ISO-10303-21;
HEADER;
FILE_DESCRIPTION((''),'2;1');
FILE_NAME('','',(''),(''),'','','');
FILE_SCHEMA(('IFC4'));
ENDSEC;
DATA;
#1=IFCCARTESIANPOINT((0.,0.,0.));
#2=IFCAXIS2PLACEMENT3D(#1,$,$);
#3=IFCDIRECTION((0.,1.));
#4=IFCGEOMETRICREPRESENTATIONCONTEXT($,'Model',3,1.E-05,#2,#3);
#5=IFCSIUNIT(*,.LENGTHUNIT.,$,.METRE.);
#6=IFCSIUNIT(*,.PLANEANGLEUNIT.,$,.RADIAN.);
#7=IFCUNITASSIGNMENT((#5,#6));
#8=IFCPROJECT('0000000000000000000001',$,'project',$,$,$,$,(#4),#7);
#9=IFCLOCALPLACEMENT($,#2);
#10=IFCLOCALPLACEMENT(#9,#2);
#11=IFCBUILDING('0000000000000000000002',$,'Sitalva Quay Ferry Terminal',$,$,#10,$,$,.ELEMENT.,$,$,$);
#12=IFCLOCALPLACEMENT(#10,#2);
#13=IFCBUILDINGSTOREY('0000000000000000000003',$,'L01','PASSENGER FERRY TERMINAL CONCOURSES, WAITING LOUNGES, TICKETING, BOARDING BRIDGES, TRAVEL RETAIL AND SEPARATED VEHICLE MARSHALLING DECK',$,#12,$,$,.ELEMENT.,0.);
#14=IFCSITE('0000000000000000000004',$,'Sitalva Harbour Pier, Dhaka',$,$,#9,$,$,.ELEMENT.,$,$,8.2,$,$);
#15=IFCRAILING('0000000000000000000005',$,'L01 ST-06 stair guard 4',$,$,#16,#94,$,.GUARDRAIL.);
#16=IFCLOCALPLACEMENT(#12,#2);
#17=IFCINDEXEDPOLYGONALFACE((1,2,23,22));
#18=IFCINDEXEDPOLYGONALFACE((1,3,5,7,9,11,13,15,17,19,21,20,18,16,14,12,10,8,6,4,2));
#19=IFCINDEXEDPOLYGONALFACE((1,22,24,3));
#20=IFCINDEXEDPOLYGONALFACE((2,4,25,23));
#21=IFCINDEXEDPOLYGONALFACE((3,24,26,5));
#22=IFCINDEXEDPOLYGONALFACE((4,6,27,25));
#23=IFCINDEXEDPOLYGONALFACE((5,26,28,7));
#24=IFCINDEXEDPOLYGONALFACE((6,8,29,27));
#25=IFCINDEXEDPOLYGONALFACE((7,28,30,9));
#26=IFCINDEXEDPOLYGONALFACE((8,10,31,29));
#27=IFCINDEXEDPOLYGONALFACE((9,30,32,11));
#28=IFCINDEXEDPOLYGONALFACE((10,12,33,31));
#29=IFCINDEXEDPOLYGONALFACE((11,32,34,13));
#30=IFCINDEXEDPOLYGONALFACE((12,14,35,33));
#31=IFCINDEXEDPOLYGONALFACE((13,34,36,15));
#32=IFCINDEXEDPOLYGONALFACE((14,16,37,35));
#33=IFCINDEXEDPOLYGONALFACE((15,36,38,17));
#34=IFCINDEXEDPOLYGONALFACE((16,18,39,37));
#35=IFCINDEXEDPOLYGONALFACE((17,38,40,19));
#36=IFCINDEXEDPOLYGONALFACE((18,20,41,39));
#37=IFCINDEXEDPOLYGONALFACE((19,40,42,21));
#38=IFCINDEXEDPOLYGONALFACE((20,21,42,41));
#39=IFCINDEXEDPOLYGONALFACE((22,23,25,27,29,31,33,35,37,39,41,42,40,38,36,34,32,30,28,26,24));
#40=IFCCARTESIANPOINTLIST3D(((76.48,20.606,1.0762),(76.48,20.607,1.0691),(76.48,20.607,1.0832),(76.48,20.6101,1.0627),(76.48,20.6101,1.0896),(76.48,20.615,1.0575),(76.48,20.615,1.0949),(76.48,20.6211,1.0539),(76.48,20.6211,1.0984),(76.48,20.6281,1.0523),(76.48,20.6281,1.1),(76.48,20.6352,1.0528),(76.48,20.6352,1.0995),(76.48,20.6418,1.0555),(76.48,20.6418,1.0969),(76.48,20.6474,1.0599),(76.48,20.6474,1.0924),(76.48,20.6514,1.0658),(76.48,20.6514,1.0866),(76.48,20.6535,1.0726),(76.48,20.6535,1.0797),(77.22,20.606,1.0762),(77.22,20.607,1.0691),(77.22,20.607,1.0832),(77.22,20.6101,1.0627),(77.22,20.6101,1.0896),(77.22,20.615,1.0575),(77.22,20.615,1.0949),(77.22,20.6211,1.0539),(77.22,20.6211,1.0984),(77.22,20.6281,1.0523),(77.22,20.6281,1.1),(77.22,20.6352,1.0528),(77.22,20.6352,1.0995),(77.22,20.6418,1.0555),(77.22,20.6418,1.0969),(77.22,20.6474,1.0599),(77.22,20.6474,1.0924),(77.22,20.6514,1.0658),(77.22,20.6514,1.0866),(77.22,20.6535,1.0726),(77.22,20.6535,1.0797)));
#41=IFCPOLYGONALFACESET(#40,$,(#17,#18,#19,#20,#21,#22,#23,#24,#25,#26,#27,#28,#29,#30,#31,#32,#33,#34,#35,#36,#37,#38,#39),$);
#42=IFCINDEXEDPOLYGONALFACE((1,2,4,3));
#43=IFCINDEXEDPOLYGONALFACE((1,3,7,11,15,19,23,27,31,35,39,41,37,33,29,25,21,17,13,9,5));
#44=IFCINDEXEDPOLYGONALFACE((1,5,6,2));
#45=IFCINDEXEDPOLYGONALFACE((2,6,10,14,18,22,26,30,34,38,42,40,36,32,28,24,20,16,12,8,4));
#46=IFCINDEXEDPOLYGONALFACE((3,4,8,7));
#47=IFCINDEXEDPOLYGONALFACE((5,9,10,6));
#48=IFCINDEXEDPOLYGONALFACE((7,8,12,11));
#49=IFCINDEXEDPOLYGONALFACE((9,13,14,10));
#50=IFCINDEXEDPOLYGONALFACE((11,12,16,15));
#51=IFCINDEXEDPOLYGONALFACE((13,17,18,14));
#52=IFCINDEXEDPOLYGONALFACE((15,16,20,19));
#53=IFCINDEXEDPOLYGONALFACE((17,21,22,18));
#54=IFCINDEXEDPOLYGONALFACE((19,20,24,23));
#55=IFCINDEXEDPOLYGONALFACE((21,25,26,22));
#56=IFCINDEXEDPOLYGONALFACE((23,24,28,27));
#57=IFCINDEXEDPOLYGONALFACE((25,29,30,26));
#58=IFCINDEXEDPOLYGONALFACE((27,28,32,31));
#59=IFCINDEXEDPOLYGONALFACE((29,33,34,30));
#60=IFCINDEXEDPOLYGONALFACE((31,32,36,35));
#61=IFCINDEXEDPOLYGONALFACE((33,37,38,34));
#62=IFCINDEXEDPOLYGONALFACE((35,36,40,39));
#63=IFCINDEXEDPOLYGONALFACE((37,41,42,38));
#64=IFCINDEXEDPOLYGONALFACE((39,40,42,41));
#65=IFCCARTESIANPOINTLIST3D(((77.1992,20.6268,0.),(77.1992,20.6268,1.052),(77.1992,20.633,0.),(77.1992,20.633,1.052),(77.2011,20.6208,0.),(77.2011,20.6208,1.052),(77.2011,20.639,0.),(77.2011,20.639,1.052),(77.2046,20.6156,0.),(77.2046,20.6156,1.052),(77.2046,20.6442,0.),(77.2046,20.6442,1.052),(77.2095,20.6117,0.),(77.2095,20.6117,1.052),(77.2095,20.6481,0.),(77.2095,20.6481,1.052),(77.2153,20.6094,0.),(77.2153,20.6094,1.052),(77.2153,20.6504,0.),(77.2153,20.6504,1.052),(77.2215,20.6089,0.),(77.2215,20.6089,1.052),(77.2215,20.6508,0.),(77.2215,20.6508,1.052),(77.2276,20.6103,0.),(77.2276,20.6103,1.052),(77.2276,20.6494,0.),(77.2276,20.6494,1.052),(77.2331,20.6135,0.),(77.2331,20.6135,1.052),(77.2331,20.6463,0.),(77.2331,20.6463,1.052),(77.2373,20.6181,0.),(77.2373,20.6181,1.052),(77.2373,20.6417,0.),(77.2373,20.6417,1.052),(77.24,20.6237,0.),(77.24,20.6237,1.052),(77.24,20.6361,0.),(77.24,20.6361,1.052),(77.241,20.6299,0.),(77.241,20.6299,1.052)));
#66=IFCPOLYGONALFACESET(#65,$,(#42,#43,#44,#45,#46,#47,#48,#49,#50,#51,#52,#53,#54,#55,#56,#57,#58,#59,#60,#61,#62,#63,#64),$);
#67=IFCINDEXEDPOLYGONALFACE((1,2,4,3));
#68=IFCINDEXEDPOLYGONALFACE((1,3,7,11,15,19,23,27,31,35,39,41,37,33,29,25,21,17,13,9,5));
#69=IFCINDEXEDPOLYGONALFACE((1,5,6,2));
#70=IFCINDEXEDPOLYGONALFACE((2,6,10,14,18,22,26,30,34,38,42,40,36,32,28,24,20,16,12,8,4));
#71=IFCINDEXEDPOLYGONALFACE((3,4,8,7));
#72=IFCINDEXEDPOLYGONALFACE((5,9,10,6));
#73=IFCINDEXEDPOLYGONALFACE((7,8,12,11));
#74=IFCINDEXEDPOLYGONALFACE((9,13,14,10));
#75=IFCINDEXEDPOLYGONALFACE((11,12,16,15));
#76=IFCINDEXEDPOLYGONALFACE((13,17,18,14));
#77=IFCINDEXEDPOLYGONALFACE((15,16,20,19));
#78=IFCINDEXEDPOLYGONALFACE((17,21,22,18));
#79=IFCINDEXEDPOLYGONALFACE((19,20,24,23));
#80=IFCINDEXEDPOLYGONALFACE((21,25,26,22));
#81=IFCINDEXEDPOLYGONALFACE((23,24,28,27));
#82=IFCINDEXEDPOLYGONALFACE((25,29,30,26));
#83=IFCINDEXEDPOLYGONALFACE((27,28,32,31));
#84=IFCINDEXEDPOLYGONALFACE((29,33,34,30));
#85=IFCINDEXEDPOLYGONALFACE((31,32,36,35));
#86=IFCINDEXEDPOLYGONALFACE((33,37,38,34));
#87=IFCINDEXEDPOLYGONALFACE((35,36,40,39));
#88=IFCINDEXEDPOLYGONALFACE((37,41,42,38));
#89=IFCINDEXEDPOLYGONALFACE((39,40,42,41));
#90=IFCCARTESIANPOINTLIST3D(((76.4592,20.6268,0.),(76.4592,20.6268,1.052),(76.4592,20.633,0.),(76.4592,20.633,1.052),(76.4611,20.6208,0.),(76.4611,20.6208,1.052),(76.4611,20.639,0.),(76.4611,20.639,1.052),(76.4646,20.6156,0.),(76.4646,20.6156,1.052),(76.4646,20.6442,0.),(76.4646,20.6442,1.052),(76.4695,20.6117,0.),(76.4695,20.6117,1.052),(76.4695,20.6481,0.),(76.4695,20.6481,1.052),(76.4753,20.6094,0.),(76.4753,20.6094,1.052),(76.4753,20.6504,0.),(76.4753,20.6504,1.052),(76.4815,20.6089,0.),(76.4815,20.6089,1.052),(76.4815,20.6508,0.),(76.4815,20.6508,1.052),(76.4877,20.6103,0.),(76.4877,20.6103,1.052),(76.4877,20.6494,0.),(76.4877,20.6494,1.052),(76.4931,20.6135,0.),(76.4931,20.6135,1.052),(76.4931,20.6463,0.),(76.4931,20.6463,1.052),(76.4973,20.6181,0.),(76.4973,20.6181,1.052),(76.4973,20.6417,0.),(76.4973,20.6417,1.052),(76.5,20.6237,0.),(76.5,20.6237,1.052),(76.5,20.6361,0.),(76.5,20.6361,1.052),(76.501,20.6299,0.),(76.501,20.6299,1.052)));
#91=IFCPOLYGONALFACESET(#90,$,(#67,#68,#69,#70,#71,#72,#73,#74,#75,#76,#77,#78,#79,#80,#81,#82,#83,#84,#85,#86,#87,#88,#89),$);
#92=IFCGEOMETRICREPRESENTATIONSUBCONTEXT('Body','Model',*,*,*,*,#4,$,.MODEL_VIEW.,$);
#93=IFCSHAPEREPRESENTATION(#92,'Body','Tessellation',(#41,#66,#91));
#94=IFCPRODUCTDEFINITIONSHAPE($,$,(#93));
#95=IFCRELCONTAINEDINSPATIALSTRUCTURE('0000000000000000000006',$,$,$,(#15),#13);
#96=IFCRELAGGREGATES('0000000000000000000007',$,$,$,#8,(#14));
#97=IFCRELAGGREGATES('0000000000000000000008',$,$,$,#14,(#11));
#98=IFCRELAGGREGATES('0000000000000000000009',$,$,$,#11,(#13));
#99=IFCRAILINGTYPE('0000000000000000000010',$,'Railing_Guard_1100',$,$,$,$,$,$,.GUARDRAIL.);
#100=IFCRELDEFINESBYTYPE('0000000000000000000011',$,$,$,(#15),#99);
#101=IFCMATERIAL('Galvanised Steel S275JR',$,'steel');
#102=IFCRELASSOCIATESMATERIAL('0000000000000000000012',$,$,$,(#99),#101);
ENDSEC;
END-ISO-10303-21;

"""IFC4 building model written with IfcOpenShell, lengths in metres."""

from ifc_helpers import new_model, si_unit, direction, frame, origin, origin_2d, place, context, subcontext, project, spatial, circle, extrude, material, type_object, element, save


model = new_model("IFC4")

# Units and contexts
model_context = context("Model", 3, precision=1e-05, world=origin(), true_north=direction((0.0, 1.0)))
body_context = subcontext(model_context, "Body", "Model", "MODEL_VIEW")
ifc_project = project(units=[si_unit("LENGTHUNIT", "METRE"), si_unit("PLANEANGLEUNIT", "RADIAN")], contexts=[model_context])

# Site, building, storey
site_placement = place(None, origin())
site = spatial("IfcSite", under=ifc_project, at=site_placement, Name="Sitalva Harbour Pier, Dhaka", CompositionType="ELEMENT", RefElevation=8.2)
building_placement = place(site_placement, origin())
building = spatial("IfcBuilding", under=site, at=building_placement, Name="Sitalva Quay Ferry Terminal", CompositionType="ELEMENT")
storey_placement = place(building_placement, origin())
storey = spatial("IfcBuildingStorey", under=building, at=storey_placement, Name="L01", Description="PASSENGER FERRY TERMINAL CONCOURSES, WAITING LOUNGES, TICKETING, BOARDING BRIDGES, TRAVEL RETAIL AND SEPARATED VEHICLE MARSHALLING DECK", CompositionType="ELEMENT", Elevation=0.0)

# Railing
ifc_material_1 = material(Name="Galvanised Steel S275JR", Category="steel")
railing_type_1 = type_object("IfcRailingType", Name="Railing_Guard_1100", PredefinedType="GUARDRAIL", material=ifc_material_1)
railing_1_placement = place(storey_placement, frame((77.22, 20.6299, 0.0)))
element("IfcRailing", 1, at=railing_1_placement, inside=storey, type_object=railing_type_1, Name="L01 ST-06 stair guard 4", PredefinedType="GUARDRAIL", context=body_context, shape_type="SweptSolid", body=[
    extrude(circle(Radius=0.0239, at=origin_2d()), frame((0.0, 0.0, 1.0762), z_axis=(-1.0, 0.0, 0.0), x_axis=(0.0, -1.0, 0.0)), (0.0, 0.0, 1.0), 0.74),
    extrude(circle(Radius=0.021, at=origin_2d()), origin(), (0.0, 0.0, 1.0), 1.052),
    extrude(circle(Radius=0.021, at=origin_2d()), frame((-0.74, 0.0, 0.0)), (0.0, 0.0, 1.0), 1.052),
])

save(model, "model.ifc")
